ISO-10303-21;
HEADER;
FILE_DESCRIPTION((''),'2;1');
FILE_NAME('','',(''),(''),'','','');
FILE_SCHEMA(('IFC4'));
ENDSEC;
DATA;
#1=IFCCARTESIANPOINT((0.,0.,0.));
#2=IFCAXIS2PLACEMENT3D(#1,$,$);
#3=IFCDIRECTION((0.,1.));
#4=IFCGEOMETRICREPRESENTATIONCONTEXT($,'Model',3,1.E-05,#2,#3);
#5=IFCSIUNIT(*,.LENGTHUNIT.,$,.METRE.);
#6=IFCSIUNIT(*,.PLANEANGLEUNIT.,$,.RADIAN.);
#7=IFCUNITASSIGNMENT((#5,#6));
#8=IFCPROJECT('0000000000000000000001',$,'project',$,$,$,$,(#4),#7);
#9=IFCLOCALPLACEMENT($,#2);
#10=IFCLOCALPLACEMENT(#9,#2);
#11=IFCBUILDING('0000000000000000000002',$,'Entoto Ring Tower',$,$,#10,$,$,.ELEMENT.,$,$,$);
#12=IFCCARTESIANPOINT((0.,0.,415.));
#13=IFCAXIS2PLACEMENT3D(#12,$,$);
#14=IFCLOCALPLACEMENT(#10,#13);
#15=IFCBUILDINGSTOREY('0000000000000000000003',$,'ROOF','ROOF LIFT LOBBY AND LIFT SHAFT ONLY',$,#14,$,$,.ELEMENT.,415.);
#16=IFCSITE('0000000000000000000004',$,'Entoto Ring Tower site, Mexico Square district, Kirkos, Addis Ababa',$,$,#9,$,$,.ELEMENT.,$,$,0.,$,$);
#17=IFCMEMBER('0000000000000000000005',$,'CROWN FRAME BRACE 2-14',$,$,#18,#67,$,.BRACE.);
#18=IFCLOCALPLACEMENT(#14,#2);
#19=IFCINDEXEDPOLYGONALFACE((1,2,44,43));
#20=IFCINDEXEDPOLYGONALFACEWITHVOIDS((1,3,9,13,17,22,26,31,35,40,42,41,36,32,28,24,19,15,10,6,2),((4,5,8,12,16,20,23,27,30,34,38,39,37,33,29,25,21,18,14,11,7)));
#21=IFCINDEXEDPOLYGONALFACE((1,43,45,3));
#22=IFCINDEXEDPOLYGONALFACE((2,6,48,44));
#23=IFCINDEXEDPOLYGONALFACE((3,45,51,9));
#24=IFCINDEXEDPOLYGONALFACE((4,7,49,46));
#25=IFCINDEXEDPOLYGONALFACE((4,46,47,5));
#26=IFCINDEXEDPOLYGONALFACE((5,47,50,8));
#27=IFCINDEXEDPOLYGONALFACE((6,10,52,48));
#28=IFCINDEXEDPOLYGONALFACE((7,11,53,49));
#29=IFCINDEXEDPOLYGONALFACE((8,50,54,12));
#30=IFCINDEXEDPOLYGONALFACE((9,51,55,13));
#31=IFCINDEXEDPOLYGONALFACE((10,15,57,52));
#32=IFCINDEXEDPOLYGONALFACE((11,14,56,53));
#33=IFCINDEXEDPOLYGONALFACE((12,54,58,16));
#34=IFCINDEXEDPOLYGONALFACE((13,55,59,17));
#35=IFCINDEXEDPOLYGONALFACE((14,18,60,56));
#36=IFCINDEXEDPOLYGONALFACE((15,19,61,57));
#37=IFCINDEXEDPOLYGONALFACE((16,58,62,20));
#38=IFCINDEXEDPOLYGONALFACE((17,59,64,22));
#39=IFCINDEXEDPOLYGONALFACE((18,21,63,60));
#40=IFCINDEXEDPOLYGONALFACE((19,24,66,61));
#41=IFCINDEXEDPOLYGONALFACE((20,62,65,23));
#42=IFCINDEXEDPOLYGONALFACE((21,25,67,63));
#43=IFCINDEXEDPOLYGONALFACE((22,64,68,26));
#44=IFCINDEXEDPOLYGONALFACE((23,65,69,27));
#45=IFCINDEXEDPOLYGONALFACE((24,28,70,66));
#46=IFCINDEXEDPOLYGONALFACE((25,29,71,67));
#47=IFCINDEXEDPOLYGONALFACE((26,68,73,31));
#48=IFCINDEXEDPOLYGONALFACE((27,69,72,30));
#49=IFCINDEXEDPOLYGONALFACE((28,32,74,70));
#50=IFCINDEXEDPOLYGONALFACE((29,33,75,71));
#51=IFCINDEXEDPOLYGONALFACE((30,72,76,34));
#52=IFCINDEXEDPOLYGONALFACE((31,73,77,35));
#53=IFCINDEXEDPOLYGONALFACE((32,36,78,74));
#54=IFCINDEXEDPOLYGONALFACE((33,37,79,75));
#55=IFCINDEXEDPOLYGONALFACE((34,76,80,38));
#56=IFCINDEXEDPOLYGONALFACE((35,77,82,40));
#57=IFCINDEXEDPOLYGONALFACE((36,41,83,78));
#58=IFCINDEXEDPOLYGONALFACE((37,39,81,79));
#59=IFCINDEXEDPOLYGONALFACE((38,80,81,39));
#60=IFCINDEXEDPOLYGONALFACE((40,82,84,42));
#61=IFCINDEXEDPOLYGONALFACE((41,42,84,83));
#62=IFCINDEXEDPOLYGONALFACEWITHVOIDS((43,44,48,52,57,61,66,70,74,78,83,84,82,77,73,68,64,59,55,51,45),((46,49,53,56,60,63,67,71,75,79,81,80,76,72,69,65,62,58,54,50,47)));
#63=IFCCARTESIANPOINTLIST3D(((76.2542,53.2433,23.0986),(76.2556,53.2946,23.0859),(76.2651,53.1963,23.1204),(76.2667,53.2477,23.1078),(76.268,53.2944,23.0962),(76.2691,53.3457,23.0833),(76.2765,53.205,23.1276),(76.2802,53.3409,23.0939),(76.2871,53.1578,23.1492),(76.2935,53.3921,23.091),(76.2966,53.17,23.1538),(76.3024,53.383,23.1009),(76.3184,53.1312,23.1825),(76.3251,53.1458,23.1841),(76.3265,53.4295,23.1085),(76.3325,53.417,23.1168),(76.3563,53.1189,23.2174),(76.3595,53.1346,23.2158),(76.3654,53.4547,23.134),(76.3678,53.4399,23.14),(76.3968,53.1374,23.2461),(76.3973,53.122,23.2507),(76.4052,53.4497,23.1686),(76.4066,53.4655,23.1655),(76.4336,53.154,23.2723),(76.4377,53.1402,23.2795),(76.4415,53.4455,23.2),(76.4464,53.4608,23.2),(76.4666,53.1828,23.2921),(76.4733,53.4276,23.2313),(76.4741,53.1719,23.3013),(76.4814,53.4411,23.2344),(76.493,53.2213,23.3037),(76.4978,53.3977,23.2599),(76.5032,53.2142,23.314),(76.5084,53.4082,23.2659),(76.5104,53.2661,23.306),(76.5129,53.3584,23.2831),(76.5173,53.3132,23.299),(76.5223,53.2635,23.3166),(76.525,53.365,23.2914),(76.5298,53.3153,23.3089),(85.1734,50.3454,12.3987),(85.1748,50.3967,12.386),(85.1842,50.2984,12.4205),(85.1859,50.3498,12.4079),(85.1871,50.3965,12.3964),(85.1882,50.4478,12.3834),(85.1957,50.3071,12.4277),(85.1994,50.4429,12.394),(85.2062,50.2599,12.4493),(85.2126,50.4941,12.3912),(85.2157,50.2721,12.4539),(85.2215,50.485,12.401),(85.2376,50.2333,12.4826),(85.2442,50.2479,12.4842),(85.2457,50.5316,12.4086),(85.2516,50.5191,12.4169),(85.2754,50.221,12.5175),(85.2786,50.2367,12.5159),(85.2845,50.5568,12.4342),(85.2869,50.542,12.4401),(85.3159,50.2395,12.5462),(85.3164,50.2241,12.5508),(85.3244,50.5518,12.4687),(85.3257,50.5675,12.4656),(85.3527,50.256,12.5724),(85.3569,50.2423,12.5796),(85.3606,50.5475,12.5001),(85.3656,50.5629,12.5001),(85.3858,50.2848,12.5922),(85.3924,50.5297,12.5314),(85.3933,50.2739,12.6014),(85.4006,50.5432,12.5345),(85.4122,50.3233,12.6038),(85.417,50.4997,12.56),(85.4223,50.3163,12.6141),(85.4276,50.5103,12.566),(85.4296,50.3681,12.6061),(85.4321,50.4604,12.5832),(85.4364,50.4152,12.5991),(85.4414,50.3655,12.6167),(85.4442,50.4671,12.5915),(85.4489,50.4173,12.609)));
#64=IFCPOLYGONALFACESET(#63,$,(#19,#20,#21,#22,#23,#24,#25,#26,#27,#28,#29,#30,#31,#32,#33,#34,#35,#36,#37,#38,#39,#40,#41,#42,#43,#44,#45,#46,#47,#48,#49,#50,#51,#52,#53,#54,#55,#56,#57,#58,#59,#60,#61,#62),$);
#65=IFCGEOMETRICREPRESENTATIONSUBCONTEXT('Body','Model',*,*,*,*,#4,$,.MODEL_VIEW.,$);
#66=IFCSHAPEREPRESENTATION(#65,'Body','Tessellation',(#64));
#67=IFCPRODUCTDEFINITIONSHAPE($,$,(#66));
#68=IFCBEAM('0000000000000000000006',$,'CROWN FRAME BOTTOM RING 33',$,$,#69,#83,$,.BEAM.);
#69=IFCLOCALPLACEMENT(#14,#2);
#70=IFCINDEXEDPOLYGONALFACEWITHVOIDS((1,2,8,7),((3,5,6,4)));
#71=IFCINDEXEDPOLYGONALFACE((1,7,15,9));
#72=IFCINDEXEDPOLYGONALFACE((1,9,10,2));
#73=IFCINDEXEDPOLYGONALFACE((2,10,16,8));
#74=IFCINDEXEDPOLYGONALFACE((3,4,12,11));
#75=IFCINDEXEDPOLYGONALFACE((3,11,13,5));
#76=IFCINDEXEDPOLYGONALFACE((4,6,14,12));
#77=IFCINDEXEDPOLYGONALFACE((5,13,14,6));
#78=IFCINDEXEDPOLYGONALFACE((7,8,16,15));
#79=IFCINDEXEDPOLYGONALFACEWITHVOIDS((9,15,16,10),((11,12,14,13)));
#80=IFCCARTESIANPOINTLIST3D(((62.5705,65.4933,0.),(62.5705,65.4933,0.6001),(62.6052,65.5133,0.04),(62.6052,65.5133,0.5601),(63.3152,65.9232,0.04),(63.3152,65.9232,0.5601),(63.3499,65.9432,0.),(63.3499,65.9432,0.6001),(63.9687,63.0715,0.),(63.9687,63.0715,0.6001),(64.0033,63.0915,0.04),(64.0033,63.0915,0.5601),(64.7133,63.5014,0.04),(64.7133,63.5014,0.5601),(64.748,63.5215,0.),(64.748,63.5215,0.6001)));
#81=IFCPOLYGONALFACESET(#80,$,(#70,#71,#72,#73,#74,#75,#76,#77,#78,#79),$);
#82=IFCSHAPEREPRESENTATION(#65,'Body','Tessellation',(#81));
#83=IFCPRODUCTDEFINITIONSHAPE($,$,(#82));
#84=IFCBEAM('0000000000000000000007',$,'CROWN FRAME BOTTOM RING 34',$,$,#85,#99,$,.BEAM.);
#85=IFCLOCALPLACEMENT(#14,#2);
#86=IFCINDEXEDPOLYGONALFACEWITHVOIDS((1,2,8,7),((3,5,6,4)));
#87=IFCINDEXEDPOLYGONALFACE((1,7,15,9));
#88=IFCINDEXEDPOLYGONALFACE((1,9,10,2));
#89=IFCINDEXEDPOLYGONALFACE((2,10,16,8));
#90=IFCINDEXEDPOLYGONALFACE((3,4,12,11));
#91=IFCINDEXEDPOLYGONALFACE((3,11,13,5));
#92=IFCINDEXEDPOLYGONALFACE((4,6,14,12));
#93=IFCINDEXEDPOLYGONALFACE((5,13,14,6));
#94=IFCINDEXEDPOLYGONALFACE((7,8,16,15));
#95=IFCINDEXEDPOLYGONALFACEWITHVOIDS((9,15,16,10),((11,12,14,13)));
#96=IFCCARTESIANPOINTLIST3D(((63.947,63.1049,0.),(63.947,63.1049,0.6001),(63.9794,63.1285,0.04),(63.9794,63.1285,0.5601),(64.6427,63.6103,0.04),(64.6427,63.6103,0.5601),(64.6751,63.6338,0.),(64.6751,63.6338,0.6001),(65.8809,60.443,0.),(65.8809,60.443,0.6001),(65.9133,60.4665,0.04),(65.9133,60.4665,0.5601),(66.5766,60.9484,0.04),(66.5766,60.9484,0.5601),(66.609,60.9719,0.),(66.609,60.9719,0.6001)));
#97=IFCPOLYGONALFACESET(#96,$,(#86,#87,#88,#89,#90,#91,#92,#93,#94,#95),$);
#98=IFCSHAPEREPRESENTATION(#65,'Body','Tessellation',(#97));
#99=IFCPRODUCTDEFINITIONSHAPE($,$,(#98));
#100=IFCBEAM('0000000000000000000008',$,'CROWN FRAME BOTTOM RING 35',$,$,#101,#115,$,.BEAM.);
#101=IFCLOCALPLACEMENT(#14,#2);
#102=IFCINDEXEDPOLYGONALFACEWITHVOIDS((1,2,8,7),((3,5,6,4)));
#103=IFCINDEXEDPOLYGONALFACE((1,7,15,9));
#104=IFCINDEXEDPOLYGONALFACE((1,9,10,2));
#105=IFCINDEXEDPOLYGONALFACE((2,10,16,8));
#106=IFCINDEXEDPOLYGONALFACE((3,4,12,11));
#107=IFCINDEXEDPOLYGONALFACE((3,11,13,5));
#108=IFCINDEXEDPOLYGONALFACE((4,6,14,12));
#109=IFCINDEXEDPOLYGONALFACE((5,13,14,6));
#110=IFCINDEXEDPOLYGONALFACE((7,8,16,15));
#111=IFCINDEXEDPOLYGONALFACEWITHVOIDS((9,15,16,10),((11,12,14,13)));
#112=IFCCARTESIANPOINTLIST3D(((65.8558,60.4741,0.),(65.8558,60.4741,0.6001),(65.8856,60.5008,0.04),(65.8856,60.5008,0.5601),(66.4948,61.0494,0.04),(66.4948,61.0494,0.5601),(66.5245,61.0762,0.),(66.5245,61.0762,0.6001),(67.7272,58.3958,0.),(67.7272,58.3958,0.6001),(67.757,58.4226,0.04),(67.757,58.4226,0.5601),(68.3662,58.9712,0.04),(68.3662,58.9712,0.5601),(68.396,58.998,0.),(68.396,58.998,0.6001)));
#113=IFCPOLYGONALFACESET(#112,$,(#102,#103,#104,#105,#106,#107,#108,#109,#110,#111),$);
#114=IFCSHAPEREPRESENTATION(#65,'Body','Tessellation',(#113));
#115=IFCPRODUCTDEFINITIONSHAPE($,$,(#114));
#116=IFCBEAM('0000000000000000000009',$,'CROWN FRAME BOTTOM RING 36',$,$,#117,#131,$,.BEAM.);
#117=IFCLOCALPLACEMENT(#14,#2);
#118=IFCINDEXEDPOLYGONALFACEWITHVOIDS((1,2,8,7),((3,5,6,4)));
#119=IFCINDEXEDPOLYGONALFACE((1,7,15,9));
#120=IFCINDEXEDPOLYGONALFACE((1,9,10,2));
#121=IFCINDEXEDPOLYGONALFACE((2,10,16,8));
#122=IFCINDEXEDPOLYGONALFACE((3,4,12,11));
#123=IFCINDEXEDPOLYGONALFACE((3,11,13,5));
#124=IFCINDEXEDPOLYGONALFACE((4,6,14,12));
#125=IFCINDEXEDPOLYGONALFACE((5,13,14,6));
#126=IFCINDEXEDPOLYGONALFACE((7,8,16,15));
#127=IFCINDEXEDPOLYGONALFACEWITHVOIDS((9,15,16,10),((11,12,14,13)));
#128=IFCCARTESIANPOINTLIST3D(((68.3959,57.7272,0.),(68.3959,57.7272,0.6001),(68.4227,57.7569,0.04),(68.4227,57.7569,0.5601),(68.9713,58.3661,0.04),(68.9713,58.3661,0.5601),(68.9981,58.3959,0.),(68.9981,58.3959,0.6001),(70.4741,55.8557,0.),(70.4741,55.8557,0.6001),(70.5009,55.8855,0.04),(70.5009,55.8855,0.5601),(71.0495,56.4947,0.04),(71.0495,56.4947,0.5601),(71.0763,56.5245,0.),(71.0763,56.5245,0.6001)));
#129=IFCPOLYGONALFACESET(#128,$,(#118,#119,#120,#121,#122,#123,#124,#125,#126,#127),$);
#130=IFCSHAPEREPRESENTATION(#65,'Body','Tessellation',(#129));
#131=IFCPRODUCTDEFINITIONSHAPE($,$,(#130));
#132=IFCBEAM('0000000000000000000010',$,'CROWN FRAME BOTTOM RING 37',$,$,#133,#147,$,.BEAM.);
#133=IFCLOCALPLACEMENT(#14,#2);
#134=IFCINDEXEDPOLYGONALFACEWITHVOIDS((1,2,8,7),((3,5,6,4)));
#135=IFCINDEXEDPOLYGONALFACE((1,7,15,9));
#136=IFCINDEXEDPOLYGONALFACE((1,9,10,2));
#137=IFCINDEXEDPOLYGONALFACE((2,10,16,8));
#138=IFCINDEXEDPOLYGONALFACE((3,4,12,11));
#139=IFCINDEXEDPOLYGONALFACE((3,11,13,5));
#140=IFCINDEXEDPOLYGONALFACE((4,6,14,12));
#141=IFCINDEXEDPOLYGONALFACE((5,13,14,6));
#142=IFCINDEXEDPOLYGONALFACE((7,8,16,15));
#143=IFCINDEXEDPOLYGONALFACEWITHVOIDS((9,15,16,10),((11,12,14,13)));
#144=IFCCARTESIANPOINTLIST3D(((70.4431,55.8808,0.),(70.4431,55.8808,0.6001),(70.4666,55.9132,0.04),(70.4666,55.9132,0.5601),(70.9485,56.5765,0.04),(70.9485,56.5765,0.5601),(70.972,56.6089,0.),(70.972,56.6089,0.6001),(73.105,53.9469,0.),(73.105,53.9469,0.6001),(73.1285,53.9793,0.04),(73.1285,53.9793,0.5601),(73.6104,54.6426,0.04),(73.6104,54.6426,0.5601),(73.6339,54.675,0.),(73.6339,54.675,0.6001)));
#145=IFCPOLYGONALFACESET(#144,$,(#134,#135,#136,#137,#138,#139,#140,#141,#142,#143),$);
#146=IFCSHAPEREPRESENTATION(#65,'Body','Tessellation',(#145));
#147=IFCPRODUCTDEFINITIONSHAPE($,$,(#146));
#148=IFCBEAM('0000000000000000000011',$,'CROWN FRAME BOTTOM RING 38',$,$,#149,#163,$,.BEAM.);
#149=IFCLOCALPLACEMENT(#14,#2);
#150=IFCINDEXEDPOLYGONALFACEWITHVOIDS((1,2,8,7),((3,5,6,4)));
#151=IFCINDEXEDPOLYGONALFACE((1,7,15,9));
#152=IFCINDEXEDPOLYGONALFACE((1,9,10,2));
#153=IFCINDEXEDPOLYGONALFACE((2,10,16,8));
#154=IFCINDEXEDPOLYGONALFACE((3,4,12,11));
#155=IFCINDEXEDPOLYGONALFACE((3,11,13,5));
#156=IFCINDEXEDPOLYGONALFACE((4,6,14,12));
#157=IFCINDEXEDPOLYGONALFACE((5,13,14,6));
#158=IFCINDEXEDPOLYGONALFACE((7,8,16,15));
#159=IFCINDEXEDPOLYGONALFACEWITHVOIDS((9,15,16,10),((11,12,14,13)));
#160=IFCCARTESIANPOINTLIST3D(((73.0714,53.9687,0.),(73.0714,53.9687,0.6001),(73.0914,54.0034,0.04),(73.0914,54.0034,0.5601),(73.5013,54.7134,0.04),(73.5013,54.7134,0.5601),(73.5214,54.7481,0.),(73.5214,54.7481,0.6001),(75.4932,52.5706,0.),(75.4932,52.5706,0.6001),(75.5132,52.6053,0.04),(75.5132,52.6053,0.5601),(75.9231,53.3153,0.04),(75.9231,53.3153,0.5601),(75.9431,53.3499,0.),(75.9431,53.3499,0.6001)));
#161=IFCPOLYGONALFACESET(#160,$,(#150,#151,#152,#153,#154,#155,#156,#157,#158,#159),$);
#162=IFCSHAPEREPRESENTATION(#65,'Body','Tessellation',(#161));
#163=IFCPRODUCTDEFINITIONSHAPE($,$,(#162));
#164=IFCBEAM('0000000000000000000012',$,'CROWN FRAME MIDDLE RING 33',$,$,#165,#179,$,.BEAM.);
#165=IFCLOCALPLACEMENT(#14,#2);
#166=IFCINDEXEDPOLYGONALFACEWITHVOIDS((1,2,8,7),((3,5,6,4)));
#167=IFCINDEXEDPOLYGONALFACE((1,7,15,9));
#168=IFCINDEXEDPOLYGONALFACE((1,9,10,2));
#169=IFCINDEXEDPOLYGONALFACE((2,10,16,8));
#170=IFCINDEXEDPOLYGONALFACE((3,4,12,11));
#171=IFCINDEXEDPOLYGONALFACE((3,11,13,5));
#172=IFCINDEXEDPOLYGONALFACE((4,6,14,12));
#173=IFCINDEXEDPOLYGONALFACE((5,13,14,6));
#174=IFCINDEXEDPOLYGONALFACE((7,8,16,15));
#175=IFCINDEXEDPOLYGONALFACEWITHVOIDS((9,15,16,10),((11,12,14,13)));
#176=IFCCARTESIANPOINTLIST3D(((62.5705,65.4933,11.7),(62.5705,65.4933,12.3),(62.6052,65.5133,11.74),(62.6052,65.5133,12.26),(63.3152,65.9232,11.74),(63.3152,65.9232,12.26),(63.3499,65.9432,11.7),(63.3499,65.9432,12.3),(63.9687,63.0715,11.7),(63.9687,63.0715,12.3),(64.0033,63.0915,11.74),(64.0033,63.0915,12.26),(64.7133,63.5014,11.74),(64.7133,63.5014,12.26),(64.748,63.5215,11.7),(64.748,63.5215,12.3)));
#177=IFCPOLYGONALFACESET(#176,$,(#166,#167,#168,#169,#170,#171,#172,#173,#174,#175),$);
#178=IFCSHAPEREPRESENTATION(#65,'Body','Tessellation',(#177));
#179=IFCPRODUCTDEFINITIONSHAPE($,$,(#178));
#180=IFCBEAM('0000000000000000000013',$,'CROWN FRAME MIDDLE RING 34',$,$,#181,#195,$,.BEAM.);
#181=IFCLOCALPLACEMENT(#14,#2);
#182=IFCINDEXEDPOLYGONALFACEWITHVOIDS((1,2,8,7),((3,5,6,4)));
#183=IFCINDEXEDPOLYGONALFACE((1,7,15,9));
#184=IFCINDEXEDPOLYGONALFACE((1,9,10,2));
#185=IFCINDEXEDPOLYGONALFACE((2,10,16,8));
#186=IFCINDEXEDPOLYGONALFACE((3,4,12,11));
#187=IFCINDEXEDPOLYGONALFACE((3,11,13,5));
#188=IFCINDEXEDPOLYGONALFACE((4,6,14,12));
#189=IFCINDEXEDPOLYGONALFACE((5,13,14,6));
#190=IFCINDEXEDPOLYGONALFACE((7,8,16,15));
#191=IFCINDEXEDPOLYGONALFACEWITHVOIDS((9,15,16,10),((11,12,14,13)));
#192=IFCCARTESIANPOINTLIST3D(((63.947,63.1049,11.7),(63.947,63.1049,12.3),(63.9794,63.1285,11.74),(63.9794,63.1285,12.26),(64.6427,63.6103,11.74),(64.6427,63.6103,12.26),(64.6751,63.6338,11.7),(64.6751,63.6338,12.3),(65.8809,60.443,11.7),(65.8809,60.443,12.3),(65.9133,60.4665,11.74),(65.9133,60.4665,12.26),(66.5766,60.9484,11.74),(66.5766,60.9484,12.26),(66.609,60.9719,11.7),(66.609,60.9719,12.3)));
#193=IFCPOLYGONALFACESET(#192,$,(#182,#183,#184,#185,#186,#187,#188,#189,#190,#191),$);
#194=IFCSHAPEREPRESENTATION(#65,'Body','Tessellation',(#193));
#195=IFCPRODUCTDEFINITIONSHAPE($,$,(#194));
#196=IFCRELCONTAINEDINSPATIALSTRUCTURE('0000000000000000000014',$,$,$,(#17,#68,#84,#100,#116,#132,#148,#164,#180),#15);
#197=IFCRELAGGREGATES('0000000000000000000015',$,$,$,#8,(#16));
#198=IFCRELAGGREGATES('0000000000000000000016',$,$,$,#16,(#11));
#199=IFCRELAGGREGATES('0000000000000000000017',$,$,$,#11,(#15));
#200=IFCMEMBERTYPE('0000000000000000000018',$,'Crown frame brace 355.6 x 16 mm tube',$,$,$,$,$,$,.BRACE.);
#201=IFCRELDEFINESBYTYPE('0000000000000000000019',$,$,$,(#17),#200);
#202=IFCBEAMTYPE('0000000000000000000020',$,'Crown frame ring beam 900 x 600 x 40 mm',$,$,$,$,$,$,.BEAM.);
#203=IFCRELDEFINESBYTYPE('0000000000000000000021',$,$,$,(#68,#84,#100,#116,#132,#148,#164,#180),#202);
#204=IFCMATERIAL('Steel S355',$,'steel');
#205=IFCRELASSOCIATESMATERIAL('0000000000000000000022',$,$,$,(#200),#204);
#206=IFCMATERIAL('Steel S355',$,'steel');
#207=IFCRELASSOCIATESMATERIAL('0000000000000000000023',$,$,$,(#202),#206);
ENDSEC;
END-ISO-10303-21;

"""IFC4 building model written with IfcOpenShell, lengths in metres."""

from ifc_helpers import new_model, si_unit, direction, frame, origin, origin_2d, place, context, subcontext, project, spatial, hollow_rectangle, hollow_circle, extrude, material, material_profile, profile_set, type_object, element, save


model = new_model("IFC4")

# Units and contexts
model_context = context("Model", 3, precision=1e-05, world=origin(), true_north=direction((0.0, 1.0)))
body_context = subcontext(model_context, "Body", "Model", "MODEL_VIEW")
ifc_project = project(units=[si_unit("LENGTHUNIT", "METRE"), si_unit("PLANEANGLEUNIT", "RADIAN")], contexts=[model_context])

# Site, building, storey
site_placement = place(None, origin())
site = spatial("IfcSite", under=ifc_project, at=site_placement, Name="Entoto Ring Tower site, Mexico Square district, Kirkos, Addis Ababa", CompositionType="ELEMENT", RefElevation=0.0)
building_placement = place(site_placement, origin())
building = spatial("IfcBuilding", under=site, at=building_placement, Name="Entoto Ring Tower", CompositionType="ELEMENT")
storey_placement = place(building_placement, frame((0.0, 0.0, 415.0)))
storey = spatial("IfcBuildingStorey", under=building, at=storey_placement, Name="ROOF", Description="ROOF LIFT LOBBY AND LIFT SHAFT ONLY", CompositionType="ELEMENT", Elevation=415.0)

# Member
ifc_material_1 = material(Name="Steel S355", Category="steel")
ifc_material_profile_1 = material_profile(ifc_material_1, hollow_circle(Radius=0.1775, WallThickness=0.0161, at=origin_2d()), Name="Crown frame brace 355.6 x 16 mm tube")
ifc_profile_set_1 = profile_set([ifc_material_profile_1], Name="Steel S355")
member_type_1 = type_object("IfcMemberType", Name="Crown frame brace 355.6 x 16 mm tube", PredefinedType="BRACE", material=ifc_profile_set_1)
member_1_placement = place(storey_placement, frame((76.3916, 53.292, 23.2), z_axis=(0.626871, -0.203678, -0.752029), x_axis=(0.30901, 0.951059, 0.0)))
element("IfcMember", 1, at=member_1_placement, inside=storey, type_object=member_type_1, Name="CROWN FRAME BRACE 2-14", PredefinedType="BRACE", context=body_context, shape_type="SweptSolid", body=[
    extrude(hollow_circle(Radius=0.1775, WallThickness=0.0161, at=origin_2d()), origin(), (0.0, 0.0, 1.0), 14.228),
])

# Beams
ifc_material_2 = material(Name="Steel S355", Category="steel")
ifc_material_profile_2 = material_profile(ifc_material_2, hollow_rectangle(XDim=0.8999, YDim=0.6001, WallThickness=0.04, at=origin_2d()), Name="Crown frame ring beam 900 x 600 x 40 mm")
ifc_profile_set_2 = profile_set([ifc_material_profile_2], Name="Steel S355")
beam_type_1 = type_object("IfcBeamType", Name="Crown frame ring beam 900 x 600 x 40 mm", PredefinedType="BEAM", material=ifc_profile_set_2)
beam_1_placement = place(storey_placement, frame((62.9602, 65.7183, 0.3), z_axis=(0.499979, -0.866037, 0.0), x_axis=(0.866037, 0.499979, 0.0)))
element("IfcBeam", 2, at=beam_1_placement, inside=storey, type_object=beam_type_1, Name="CROWN FRAME BOTTOM RING 33", PredefinedType="BEAM", context=body_context, shape_type="SweptSolid", body=[
    extrude(hollow_rectangle(XDim=0.8999, YDim=0.6001, WallThickness=0.04, at=origin_2d()), origin(), (0.0, 0.0, 1.0), 2.7964),
])
beam_2_placement = place(storey_placement, frame((64.311, 63.3694, 0.3), z_axis=(0.587761, -0.809034, 0.0), x_axis=(0.809034, 0.587761, 0.0)))
element("IfcBeam", 3, at=beam_2_placement, inside=storey, type_object=beam_type_1, Name="CROWN FRAME BOTTOM RING 34", PredefinedType="BEAM", context=body_context, shape_type="SweptSolid", body=[
    extrude(hollow_rectangle(XDim=0.8999, YDim=0.6001, WallThickness=0.04, at=origin_2d()), origin(), (0.0, 0.0, 1.0), 3.2903),
])
for number, where, z_axis, x_axis, name in (
    (4, (66.1902, 60.7751, 0.3), (0.669167, -0.743112, 0.0), (0.743112, 0.669167, 0.0), "CROWN FRAME BOTTOM RING 35"),
    (5, (68.697, 58.0615, 0.3), (0.743112, -0.669167, 0.0), (0.669167, 0.743112, 0.0), "CROWN FRAME BOTTOM RING 36"),
):
    element("IfcBeam", number, at=place(storey_placement, frame(where, z_axis=z_axis, x_axis=x_axis)), inside=storey, type_object=beam_type_1, Name=name, PredefinedType="BEAM", context=body_context, shape_type="SweptSolid", body=[
        extrude(hollow_rectangle(XDim=0.8999, YDim=0.6001, WallThickness=0.04, at=origin_2d()), origin(), (0.0, 0.0, 1.0), 2.7966),
    ])
beam_3_placement = place(storey_placement, frame((70.7075, 56.2449, 0.3), z_axis=(0.809034, -0.587761, 0.0), x_axis=(0.587761, 0.809034, 0.0)))
element("IfcBeam", 6, at=beam_3_placement, inside=storey, type_object=beam_type_1, Name="CROWN FRAME BOTTOM RING 37", PredefinedType="BEAM", context=body_context, shape_type="SweptSolid", body=[
    extrude(hollow_rectangle(XDim=0.8999, YDim=0.6001, WallThickness=0.04, at=origin_2d()), origin(), (0.0, 0.0, 1.0), 3.2903),
])
for number, where, z_axis, x_axis, name in (
    (7, (73.2964, 54.3584, 0.3), (0.866037, -0.499979, 0.0), (0.499979, 0.866037, 0.0), "CROWN FRAME BOTTOM RING 38"),
    (8, (62.9602, 65.7183, 12.0), (0.499979, -0.866037, 0.0), (0.866037, 0.499979, 0.0), "CROWN FRAME MIDDLE RING 33"),
):
    element("IfcBeam", number, at=place(storey_placement, frame(where, z_axis=z_axis, x_axis=x_axis)), inside=storey, type_object=beam_type_1, Name=name, PredefinedType="BEAM", context=body_context, shape_type="SweptSolid", body=[
        extrude(hollow_rectangle(XDim=0.8999, YDim=0.6001, WallThickness=0.04, at=origin_2d()), origin(), (0.0, 0.0, 1.0), 2.7964),
    ])
beam_4_placement = place(storey_placement, frame((64.311, 63.3694, 12.0), z_axis=(0.587761, -0.809034, 0.0), x_axis=(0.809034, 0.587761, 0.0)))
element("IfcBeam", 9, at=beam_4_placement, inside=storey, type_object=beam_type_1, Name="CROWN FRAME MIDDLE RING 34", PredefinedType="BEAM", context=body_context, shape_type="SweptSolid", body=[
    extrude(hollow_rectangle(XDim=0.8999, YDim=0.6001, WallThickness=0.04, at=origin_2d()), origin(), (0.0, 0.0, 1.0), 3.2903),
])

save(model, "model.ifc")
